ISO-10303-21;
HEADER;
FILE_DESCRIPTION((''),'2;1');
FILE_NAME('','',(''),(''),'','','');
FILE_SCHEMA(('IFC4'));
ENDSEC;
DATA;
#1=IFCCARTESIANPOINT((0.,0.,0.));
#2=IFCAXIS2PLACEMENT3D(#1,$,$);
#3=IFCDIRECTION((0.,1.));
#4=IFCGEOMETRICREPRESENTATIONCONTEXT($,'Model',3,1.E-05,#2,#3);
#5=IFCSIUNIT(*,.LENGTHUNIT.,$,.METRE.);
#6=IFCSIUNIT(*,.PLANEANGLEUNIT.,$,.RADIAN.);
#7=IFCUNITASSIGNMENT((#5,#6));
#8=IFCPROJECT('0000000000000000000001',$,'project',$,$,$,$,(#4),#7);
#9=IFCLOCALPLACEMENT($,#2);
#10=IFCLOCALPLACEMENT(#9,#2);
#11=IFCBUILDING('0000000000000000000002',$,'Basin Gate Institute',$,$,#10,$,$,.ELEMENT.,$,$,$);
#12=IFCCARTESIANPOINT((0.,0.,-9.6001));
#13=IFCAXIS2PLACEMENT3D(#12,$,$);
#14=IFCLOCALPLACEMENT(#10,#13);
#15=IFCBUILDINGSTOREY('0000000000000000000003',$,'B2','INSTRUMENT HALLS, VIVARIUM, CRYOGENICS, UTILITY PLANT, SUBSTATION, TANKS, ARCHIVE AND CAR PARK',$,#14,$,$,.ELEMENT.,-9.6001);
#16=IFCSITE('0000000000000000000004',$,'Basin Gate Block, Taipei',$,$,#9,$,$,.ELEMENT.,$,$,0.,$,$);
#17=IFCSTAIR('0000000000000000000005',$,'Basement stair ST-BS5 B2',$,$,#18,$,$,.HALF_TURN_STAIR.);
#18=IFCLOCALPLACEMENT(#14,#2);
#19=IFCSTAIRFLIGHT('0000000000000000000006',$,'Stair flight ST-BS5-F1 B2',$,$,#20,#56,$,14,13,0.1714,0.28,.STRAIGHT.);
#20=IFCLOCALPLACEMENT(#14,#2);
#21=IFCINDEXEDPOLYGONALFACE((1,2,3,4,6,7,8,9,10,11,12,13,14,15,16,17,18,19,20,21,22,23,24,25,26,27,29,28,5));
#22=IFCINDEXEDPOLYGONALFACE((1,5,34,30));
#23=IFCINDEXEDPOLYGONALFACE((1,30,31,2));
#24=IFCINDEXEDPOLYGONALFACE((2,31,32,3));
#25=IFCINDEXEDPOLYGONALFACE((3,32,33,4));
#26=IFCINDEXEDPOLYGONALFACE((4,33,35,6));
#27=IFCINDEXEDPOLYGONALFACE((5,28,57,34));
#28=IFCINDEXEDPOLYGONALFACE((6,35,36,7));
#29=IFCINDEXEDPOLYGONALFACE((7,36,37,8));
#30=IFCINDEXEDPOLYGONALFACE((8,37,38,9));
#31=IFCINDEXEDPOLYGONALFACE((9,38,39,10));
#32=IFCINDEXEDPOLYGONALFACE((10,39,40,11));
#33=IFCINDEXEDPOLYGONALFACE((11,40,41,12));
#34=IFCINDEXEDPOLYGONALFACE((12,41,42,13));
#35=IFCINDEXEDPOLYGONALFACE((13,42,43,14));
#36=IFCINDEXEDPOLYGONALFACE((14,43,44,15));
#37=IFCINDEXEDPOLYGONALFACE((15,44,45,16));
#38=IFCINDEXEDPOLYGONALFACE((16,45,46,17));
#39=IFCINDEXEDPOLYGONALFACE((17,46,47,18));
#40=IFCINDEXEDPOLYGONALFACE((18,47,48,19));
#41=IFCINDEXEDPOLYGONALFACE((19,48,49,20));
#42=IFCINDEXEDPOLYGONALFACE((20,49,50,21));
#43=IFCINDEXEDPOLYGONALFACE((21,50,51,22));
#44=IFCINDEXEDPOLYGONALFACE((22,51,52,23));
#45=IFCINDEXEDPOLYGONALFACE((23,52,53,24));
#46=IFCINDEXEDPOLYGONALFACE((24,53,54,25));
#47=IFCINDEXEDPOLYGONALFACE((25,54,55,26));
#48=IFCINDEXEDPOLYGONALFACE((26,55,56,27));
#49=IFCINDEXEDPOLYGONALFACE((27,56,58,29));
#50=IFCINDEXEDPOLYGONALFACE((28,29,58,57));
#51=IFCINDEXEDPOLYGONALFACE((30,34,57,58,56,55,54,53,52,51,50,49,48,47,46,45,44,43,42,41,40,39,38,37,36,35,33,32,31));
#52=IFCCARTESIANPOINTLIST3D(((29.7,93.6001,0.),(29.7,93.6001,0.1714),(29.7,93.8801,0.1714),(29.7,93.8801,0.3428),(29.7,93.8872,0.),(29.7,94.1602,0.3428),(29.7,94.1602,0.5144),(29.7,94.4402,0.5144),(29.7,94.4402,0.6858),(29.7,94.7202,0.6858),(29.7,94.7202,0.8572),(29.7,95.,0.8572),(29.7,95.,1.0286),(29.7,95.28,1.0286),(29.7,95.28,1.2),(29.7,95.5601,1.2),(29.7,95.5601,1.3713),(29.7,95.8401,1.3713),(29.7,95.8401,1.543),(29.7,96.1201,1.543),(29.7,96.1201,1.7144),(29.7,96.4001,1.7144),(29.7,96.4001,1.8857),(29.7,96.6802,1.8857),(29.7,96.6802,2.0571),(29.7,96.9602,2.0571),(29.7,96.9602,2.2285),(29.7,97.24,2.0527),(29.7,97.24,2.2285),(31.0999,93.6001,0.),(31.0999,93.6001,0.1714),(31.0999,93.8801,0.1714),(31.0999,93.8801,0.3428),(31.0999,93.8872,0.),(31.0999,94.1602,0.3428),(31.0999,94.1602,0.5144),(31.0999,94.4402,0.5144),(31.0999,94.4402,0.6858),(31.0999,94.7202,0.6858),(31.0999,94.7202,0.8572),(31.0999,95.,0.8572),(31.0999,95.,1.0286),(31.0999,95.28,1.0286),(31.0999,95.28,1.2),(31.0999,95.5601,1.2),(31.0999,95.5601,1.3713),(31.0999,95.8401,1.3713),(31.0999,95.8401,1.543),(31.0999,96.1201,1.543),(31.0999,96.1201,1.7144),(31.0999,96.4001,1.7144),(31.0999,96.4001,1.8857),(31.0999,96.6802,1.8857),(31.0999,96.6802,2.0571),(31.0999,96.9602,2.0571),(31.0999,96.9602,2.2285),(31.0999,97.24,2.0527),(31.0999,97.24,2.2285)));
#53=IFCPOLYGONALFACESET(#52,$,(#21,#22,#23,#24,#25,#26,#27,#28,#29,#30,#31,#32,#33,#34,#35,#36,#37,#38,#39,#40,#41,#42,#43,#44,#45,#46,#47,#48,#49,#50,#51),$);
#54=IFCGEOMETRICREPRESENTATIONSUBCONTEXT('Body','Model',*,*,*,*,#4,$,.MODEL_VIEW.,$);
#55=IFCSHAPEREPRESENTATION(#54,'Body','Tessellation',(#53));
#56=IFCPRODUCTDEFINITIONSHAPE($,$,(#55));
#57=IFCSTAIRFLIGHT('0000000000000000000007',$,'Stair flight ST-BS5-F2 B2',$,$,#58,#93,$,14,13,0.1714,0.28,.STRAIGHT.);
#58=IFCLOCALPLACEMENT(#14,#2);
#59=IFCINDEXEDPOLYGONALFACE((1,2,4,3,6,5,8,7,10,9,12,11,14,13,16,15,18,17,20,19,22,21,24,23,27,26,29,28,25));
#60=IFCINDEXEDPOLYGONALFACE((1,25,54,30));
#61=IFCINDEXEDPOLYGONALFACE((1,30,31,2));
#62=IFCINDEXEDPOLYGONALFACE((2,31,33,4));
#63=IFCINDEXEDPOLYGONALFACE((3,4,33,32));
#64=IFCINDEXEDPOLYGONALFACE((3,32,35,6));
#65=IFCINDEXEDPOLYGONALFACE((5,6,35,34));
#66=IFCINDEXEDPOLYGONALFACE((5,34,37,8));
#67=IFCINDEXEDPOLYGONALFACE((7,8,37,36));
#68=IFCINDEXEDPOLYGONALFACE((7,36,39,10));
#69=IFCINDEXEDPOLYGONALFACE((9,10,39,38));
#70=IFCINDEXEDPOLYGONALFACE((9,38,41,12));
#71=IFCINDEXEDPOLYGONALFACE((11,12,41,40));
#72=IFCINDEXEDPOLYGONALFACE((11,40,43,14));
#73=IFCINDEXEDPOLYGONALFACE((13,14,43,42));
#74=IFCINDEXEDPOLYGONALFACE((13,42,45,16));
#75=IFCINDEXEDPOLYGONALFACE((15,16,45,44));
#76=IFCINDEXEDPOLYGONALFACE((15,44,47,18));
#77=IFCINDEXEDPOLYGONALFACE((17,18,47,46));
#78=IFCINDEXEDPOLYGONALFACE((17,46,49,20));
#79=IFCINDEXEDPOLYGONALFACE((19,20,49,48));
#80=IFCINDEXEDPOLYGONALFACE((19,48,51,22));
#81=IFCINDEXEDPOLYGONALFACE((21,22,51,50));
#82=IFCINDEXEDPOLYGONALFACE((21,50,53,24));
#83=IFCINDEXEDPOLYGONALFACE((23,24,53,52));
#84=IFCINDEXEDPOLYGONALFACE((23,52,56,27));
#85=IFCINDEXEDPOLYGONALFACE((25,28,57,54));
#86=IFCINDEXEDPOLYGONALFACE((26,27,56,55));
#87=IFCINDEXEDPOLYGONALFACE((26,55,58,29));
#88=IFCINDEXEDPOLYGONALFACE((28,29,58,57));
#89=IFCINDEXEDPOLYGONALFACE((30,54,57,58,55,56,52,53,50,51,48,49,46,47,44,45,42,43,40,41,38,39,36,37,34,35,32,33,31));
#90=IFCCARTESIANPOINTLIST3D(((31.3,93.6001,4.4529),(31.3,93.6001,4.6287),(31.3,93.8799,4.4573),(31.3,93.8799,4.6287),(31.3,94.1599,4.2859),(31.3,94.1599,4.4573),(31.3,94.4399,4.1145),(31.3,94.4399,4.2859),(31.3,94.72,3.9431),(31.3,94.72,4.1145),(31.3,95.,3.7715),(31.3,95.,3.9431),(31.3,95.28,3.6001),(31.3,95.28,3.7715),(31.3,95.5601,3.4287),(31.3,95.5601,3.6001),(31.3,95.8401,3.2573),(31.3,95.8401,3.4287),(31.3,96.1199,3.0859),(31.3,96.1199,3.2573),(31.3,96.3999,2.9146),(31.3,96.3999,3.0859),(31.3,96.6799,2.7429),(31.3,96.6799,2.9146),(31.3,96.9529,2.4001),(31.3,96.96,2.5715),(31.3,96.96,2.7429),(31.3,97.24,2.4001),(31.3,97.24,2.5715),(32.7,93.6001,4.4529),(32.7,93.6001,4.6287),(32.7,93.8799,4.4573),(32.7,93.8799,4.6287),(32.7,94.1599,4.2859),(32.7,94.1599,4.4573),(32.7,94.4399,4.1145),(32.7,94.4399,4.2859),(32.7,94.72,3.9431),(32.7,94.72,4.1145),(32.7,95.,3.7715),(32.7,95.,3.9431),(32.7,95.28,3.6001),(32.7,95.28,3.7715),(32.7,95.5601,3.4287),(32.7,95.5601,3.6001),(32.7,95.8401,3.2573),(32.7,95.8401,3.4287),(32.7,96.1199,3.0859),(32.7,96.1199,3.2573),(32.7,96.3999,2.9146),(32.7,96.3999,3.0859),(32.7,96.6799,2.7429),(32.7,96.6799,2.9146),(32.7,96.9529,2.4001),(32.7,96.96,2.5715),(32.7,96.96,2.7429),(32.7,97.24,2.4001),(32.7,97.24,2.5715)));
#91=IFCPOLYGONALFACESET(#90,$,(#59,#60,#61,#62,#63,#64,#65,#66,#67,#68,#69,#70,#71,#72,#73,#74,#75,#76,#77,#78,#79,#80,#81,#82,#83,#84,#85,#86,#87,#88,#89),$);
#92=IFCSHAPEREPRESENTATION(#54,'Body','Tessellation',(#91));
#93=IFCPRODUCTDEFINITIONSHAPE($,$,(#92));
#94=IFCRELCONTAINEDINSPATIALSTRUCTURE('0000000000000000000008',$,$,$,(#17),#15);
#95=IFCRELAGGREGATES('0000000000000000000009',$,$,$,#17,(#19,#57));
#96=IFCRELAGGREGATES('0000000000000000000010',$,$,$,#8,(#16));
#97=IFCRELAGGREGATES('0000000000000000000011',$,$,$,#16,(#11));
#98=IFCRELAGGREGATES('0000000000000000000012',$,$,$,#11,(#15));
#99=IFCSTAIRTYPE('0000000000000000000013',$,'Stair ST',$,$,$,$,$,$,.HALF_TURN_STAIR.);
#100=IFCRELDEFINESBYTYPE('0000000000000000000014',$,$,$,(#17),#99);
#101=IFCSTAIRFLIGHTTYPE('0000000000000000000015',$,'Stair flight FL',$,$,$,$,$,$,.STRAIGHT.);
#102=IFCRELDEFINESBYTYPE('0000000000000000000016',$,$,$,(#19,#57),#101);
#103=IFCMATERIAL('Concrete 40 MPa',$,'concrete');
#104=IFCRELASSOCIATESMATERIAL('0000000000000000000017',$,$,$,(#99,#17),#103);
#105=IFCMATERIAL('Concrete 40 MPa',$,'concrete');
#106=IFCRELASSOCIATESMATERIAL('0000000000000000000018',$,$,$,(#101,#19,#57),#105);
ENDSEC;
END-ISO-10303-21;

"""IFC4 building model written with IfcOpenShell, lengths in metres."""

from ifc_helpers import new_model, si_unit, direction, frame, origin, place, context, subcontext, project, spatial, polyline, outline, extrude, material, type_object, element, aggregate, save


model = new_model("IFC4")

# Units and contexts
model_context = context("Model", 3, precision=1e-05, world=origin(), true_north=direction((0.0, 1.0)))
body_context = subcontext(model_context, "Body", "Model", "MODEL_VIEW")
ifc_project = project(units=[si_unit("LENGTHUNIT", "METRE"), si_unit("PLANEANGLEUNIT", "RADIAN")], contexts=[model_context])

# Site, building, storey
site_placement = place(None, origin())
site = spatial("IfcSite", under=ifc_project, at=site_placement, Name="Basin Gate Block, Taipei", CompositionType="ELEMENT", RefElevation=0.0)
building_placement = place(site_placement, origin())
building = spatial("IfcBuilding", under=site, at=building_placement, Name="Basin Gate Institute", CompositionType="ELEMENT")
storey_placement = place(building_placement, frame((0.0, 0.0, -9.6001)))
storey = spatial("IfcBuildingStorey", under=building, at=storey_placement, Name="B2", Description="INSTRUMENT HALLS, VIVARIUM, CRYOGENICS, UTILITY PLANT, SUBSTATION, TANKS, ARCHIVE AND CAR PARK", CompositionType="ELEMENT", Elevation=-9.6001)

# Stair, stair flights
ifc_material_1 = material(Name="Concrete 40 MPa", Category="concrete")
stair_type = type_object("IfcStairType", Name="Stair ST", PredefinedType="HALF_TURN_STAIR", material=ifc_material_1)
stair_placement = place(storey_placement, origin())
stair = element("IfcStair", 1, at=stair_placement, inside=storey, type_object=stair_type, material=ifc_material_1, Name="Basement stair ST-BS5 B2", PredefinedType="HALF_TURN_STAIR")
ifc_material_2 = material(Name="Concrete 40 MPa", Category="concrete")
stair_flight_type = type_object("IfcStairFlightType", Name="Stair flight FL", PredefinedType="STRAIGHT", material=ifc_material_2)
stair_flight_1_placement = place(storey_placement, frame((30.3999, 93.6001, 0.0), z_axis=(0.0, 0.0, 1.0), x_axis=(0.0, 1.0, 0.0)))
stair_flight_1 = element("IfcStairFlight", 2, at=stair_flight_1_placement, type_object=stair_flight_type, material=ifc_material_2, Name="Stair flight ST-BS5-F1 B2", NumberOfRisers=14, NumberOfTreads=13, PredefinedType="STRAIGHT", RiserHeight=0.1714, TreadLength=0.28, context=body_context, shape_type="SweptSolid", body=[
    extrude(outline(polyline([(0.0, 0.0), (0.0, 0.1714), (0.28, 0.1714), (0.28, 0.3428), (0.5601, 0.3428), (0.5601, 0.5144), (0.8401, 0.5144), (0.8401, 0.6858), (1.1201, 0.6858), (1.1201, 0.8572), (1.3999, 0.8572), (1.3999, 1.0286), (1.6799, 1.0286), (1.6799, 1.2), (1.96, 1.2), (1.96, 1.3713), (2.24, 1.3713), (2.24, 1.543), (2.52, 1.543), (2.52, 1.7144), (2.8, 1.7144), (2.8, 1.8857), (3.0801, 1.8857), (3.0801, 2.0571), (3.3601, 2.0571), (3.3601, 2.2285), (3.6399, 2.2285), (3.6399, 2.3999), (3.6399, 2.0527), (0.2871, 0.0), (0.0, 0.0)])), frame((0.0, 0.7, 0.0), z_axis=(0.0, -1.0, 0.0), x_axis=(1.0, 0.0, 0.0)), (0.0, 0.0, 1.0), 1.3999),
])
stair_flight_2_placement = place(storey_placement, frame((32.0, 97.24, 2.4001), z_axis=(0.0, 0.0, 1.0), x_axis=(0.0, -1.0, 0.0)))
stair_flight_2 = element("IfcStairFlight", 3, at=stair_flight_2_placement, type_object=stair_flight_type, material=ifc_material_2, Name="Stair flight ST-BS5-F2 B2", NumberOfRisers=14, NumberOfTreads=13, PredefinedType="STRAIGHT", RiserHeight=0.1714, TreadLength=0.28, context=body_context, shape_type="SweptSolid", body=[
    extrude(outline(polyline([(0.0, 0.0), (0.0, 0.1714), (0.28, 0.1714), (0.28, 0.3428), (0.5601, 0.3428), (0.5601, 0.5144), (0.8401, 0.5144), (0.8401, 0.6858), (1.1201, 0.6858), (1.1201, 0.8572), (1.3999, 0.8572), (1.3999, 1.0286), (1.6799, 1.0286), (1.6799, 1.2), (1.96, 1.2), (1.96, 1.3713), (2.24, 1.3713), (2.24, 1.543), (2.52, 1.543), (2.52, 1.7144), (2.8, 1.7144), (2.8, 1.8857), (3.0801, 1.8857), (3.0801, 2.0571), (3.3601, 2.0571), (3.3601, 2.2285), (3.6399, 2.2285), (3.6399, 2.3999), (3.6399, 2.0527), (0.2871, 0.0), (0.0, 0.0)])), frame((0.0, 0.7, 0.0), z_axis=(0.0, -1.0, 0.0), x_axis=(1.0, 0.0, 0.0)), (0.0, 0.0, 1.0), 1.3999),
])
aggregate(stair, [stair_flight_1, stair_flight_2])

save(model, "model.ifc")
